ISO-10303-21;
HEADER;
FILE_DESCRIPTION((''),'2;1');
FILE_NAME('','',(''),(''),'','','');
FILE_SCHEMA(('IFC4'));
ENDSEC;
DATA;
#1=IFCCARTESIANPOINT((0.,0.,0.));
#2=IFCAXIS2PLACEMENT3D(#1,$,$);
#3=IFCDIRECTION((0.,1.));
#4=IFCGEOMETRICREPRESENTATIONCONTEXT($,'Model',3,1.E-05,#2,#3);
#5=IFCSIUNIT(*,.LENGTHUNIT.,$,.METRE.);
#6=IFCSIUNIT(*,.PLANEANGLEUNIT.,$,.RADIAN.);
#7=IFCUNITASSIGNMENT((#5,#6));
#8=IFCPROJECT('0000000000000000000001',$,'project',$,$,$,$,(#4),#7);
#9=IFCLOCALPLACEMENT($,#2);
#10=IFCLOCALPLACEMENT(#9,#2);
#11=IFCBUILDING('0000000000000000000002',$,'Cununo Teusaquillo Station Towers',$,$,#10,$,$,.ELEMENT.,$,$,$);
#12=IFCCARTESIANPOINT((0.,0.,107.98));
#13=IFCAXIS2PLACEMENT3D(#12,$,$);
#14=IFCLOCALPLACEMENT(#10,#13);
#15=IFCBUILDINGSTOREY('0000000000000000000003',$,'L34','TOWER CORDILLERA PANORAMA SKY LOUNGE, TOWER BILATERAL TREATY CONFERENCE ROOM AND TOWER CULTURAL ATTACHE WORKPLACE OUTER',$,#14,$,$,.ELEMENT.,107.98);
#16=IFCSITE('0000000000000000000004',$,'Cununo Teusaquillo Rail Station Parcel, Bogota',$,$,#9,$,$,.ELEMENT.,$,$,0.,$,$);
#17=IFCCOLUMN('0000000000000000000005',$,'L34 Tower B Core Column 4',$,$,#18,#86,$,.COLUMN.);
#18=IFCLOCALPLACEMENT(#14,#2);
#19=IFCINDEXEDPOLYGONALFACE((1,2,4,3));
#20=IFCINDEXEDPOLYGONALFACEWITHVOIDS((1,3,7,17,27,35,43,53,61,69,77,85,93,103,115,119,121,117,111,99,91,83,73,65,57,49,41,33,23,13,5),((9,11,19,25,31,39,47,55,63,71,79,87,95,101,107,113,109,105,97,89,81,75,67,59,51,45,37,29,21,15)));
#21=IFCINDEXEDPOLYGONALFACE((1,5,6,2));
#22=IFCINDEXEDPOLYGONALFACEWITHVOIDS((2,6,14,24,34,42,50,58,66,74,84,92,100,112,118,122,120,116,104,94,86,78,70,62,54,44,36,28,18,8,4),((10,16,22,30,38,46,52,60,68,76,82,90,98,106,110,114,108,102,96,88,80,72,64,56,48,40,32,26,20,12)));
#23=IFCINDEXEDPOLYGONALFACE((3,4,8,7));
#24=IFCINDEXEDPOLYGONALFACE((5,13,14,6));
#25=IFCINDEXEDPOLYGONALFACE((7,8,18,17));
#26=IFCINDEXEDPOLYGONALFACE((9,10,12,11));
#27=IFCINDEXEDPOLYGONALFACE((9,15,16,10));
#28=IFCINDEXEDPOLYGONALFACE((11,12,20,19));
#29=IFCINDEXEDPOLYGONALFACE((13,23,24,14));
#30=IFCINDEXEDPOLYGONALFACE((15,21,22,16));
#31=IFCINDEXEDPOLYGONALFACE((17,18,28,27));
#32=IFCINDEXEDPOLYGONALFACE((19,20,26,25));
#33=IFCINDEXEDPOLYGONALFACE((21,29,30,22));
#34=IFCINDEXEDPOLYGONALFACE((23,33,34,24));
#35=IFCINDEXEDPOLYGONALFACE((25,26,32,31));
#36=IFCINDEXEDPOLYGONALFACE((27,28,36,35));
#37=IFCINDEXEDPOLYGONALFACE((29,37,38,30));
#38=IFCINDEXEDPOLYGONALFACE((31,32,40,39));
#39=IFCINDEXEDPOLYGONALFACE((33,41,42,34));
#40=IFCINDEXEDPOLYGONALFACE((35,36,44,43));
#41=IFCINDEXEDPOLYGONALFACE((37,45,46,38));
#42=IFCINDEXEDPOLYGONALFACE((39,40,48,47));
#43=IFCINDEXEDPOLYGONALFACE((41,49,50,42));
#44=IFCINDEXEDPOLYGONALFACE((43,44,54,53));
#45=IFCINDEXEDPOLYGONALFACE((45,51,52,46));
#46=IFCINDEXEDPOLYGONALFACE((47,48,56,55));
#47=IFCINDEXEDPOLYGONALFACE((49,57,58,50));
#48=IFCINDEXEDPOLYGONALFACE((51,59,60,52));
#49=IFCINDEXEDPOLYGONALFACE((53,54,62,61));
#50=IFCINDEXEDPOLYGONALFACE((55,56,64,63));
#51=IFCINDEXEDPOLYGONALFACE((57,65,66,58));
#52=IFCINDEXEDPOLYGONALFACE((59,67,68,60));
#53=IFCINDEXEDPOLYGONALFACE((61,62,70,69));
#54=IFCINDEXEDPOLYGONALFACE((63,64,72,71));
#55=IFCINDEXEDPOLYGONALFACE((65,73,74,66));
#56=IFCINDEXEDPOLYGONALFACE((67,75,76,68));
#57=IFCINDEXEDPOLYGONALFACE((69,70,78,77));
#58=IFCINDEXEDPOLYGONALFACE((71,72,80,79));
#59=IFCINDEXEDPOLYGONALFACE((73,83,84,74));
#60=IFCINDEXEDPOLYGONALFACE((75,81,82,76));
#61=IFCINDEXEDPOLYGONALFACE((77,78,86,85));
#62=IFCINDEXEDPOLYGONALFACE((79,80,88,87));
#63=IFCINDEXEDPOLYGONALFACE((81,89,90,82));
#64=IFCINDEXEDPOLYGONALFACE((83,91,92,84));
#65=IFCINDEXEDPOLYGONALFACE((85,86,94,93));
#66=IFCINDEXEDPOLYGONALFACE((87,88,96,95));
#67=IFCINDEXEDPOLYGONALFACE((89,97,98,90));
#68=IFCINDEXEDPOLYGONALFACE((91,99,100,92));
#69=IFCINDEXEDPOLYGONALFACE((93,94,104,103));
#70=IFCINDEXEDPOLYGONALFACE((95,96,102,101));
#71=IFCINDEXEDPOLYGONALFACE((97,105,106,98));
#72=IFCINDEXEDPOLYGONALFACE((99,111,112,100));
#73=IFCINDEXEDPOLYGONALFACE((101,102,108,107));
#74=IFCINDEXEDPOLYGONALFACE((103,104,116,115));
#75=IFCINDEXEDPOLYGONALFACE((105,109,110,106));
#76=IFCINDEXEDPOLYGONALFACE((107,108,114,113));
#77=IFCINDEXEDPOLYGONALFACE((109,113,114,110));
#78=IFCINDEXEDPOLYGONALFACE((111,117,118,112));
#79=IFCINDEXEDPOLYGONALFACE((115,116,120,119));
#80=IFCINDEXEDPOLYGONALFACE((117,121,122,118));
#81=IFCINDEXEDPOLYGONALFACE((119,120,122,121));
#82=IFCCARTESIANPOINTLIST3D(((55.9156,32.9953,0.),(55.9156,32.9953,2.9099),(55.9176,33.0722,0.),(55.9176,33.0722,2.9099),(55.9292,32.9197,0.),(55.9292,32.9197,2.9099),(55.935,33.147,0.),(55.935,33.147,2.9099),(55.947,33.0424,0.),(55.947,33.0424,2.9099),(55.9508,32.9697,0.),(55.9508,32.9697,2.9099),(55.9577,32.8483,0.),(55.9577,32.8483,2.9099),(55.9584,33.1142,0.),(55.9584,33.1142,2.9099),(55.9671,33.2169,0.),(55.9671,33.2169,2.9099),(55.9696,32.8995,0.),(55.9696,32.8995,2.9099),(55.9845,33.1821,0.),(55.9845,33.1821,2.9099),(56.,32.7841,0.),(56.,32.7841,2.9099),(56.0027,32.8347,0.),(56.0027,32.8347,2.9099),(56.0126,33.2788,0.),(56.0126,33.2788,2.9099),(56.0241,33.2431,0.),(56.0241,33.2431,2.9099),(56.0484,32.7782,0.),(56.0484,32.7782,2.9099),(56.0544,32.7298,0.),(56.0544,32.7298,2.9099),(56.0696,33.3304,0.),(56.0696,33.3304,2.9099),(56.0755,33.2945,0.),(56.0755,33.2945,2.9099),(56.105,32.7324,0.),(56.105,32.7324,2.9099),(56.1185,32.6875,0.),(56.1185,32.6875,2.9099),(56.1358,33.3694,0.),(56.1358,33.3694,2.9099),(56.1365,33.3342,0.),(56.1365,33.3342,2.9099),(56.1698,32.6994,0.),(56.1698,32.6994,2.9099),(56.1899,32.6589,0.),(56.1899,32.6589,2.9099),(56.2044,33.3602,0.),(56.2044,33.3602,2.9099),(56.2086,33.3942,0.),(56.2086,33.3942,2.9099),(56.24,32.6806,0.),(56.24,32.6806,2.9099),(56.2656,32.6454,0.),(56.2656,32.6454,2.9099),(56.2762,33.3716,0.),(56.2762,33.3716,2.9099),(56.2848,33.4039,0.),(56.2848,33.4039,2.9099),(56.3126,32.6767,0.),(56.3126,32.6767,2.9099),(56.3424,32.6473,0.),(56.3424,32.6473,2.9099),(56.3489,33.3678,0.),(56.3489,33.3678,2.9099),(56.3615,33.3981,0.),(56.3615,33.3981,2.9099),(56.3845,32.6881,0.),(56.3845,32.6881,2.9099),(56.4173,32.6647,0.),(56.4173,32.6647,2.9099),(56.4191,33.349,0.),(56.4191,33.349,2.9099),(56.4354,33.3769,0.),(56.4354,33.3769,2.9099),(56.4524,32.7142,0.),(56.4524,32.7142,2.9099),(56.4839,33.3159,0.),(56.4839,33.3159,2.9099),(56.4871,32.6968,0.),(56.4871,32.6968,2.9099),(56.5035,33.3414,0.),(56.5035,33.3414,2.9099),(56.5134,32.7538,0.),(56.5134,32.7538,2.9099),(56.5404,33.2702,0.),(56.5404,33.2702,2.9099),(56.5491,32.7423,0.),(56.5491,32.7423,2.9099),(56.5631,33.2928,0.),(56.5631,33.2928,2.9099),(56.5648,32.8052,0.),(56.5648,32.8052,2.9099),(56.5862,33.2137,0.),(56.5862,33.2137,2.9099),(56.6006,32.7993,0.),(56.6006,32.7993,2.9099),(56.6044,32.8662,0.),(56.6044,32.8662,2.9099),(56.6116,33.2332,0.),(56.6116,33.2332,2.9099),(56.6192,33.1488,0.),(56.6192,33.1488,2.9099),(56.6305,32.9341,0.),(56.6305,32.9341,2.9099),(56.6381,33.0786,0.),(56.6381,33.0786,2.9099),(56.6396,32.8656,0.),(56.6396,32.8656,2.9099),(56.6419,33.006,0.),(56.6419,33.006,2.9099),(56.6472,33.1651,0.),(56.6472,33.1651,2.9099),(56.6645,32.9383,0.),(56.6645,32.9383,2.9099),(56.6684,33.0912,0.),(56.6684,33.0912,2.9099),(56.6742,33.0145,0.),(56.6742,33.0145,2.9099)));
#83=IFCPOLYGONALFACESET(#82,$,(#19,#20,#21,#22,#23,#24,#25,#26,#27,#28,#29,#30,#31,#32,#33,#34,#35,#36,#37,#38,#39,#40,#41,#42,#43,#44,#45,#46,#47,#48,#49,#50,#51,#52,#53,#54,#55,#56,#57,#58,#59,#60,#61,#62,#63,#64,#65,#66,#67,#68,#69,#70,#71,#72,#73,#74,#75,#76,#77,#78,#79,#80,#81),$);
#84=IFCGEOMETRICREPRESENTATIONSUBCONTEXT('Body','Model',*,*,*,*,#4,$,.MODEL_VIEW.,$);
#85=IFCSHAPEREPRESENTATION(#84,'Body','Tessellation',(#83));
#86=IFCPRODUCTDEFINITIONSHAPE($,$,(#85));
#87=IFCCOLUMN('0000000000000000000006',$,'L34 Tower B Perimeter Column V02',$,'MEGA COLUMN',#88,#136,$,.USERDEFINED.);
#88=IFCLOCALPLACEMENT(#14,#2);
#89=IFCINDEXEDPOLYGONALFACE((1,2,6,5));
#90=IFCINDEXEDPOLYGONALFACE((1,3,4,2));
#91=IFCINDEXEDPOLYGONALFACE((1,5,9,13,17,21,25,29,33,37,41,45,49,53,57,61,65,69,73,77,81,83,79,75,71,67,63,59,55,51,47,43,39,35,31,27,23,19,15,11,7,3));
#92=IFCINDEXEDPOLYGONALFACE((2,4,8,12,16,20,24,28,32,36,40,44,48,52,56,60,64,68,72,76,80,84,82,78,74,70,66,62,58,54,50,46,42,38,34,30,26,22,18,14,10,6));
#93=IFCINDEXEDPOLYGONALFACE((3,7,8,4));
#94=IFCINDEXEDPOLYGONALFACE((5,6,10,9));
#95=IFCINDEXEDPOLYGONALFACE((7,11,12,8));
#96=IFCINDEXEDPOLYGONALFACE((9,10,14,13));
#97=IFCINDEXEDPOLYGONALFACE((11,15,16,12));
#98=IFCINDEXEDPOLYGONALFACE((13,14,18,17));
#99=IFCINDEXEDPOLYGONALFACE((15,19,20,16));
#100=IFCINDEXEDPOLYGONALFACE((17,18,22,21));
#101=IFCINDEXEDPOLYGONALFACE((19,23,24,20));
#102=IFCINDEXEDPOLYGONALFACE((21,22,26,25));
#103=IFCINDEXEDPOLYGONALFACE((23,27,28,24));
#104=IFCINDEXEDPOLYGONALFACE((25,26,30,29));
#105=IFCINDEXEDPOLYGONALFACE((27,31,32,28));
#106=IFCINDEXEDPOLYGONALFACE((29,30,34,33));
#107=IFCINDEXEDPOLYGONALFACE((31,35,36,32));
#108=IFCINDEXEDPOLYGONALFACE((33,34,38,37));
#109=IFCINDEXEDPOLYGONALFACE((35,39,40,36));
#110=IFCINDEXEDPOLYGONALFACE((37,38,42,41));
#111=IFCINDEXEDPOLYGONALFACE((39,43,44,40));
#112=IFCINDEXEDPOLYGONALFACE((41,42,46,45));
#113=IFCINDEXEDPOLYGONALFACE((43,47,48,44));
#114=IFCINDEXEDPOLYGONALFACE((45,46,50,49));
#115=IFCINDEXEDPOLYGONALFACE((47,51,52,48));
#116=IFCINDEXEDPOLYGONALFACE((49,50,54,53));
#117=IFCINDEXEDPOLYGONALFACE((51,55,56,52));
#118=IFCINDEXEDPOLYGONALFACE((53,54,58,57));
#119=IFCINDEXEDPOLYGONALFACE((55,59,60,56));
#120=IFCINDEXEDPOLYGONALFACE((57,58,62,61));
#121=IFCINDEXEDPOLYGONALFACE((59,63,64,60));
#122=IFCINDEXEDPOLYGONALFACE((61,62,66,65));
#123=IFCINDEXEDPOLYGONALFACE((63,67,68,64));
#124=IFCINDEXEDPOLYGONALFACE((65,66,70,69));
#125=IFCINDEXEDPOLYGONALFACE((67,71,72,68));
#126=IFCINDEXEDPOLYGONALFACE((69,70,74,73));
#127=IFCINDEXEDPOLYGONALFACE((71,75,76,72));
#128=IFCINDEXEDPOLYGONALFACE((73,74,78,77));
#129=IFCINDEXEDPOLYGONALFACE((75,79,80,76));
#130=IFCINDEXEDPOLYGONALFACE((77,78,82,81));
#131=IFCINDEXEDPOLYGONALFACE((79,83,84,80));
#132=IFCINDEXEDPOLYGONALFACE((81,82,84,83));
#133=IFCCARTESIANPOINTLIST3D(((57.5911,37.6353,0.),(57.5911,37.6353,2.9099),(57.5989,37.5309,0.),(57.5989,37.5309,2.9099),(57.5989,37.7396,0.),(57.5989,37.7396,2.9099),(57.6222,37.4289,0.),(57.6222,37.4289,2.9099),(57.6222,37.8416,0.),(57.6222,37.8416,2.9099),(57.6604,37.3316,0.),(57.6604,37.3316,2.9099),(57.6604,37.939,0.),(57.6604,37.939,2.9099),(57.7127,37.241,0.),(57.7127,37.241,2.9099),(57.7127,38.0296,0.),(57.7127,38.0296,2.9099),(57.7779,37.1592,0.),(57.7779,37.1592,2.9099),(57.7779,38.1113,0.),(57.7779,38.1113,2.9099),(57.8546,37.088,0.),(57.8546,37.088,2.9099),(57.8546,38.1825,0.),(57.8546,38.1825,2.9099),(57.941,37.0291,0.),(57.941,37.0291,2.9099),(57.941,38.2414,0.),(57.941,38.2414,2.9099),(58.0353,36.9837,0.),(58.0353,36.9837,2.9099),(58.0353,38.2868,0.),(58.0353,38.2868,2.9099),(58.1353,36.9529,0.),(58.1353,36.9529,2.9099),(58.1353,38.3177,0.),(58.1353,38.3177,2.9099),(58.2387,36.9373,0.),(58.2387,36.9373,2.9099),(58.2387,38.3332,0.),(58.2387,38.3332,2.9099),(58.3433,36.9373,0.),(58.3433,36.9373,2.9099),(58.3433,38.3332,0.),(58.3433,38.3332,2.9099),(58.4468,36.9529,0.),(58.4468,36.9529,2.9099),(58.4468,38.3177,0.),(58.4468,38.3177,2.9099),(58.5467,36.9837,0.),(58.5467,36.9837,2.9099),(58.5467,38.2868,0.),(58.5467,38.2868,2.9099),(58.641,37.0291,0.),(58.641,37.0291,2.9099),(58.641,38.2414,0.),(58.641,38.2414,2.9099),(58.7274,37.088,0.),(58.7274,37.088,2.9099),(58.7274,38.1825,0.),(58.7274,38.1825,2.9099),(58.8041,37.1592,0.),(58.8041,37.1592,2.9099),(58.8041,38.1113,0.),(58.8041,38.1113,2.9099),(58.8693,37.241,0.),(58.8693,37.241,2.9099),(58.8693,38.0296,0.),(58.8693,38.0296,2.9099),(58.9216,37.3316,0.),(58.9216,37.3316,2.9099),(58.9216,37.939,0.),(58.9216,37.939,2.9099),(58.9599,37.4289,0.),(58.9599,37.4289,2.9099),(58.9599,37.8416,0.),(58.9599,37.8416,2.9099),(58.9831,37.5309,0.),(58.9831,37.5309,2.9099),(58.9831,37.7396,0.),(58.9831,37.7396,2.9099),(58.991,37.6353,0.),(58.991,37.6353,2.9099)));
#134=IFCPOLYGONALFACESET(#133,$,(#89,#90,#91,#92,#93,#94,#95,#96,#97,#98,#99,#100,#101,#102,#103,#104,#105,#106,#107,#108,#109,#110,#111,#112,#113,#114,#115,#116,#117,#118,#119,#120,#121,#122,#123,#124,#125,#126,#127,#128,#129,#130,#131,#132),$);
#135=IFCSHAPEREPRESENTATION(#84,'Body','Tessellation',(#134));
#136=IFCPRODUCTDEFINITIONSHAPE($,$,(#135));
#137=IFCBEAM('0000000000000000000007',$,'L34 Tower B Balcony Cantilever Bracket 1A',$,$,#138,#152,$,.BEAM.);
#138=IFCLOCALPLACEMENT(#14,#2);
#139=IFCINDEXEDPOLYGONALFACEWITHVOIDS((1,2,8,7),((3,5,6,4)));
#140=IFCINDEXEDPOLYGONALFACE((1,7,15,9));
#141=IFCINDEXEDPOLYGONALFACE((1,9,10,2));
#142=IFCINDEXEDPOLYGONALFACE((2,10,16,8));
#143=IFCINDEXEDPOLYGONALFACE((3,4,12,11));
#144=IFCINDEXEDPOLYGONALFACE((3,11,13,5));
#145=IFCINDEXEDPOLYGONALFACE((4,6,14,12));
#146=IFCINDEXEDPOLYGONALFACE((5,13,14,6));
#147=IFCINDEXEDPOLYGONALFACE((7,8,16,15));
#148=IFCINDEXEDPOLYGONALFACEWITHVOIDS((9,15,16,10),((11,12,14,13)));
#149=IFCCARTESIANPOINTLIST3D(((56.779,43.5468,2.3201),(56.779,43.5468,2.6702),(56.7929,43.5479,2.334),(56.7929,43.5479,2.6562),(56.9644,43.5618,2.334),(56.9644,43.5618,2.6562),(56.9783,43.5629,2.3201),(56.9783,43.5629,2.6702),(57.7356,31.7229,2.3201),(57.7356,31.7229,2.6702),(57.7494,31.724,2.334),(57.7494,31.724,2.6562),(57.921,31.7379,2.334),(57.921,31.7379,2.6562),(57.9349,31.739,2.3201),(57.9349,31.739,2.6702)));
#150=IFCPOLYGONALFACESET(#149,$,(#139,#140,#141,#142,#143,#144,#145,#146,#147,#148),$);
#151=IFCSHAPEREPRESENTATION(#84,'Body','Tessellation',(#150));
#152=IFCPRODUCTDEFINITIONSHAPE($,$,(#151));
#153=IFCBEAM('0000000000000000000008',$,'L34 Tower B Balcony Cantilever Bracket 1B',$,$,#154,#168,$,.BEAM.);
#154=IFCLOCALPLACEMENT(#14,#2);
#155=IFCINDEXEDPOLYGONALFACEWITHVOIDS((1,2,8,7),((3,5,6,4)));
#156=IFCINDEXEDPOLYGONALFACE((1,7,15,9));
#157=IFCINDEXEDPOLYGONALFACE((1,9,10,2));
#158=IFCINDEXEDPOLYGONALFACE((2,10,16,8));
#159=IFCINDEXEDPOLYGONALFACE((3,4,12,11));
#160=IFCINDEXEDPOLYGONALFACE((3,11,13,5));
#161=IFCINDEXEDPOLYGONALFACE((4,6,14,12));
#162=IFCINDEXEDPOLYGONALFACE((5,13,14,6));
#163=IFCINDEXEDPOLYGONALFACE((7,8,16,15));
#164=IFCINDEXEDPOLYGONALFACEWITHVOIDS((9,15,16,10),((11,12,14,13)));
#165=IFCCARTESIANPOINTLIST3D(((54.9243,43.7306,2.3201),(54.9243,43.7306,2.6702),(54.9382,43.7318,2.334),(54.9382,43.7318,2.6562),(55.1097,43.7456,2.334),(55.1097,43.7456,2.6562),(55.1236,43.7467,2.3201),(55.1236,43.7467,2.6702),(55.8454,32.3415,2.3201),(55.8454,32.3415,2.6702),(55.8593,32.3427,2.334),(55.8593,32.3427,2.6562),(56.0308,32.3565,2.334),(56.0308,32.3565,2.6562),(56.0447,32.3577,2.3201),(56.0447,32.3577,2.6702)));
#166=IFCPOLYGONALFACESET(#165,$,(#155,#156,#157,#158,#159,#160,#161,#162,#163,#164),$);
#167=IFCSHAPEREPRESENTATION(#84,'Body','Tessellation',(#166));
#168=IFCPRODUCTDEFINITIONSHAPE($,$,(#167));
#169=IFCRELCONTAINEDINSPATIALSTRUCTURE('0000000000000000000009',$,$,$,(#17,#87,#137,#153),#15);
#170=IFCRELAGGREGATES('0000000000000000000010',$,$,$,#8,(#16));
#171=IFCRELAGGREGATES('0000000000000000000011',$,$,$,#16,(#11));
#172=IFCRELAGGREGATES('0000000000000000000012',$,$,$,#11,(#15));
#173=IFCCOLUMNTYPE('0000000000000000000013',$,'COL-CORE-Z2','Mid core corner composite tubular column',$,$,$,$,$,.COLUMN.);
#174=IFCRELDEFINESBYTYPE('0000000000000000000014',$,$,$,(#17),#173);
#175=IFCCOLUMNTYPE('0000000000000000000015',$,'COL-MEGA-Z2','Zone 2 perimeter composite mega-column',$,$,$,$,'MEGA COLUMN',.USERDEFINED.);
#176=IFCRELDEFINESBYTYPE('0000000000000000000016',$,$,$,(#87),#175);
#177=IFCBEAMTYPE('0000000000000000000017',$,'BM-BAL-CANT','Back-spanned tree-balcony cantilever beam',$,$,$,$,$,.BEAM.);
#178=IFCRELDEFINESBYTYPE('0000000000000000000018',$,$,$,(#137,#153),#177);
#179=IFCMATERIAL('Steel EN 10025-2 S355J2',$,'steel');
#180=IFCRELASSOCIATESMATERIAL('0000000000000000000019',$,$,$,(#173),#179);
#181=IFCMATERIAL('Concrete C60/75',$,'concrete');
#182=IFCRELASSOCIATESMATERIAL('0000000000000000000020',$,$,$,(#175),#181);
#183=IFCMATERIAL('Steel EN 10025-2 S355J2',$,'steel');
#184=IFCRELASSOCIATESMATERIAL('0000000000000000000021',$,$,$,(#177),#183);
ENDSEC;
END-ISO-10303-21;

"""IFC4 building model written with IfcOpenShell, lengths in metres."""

from ifc_helpers import new_model, si_unit, direction, frame, origin, origin_2d, place, context, subcontext, project, spatial, hollow_rectangle, circle, hollow_circle, extrude, material, material_profile, profile_set, type_object, element, save


model = new_model("IFC4")

# Units and contexts
model_context = context("Model", 3, precision=1e-05, world=origin(), true_north=direction((0.0, 1.0)))
body_context = subcontext(model_context, "Body", "Model", "MODEL_VIEW")
ifc_project = project(units=[si_unit("LENGTHUNIT", "METRE"), si_unit("PLANEANGLEUNIT", "RADIAN")], contexts=[model_context])

# Site, building, storey
site_placement = place(None, origin())
site = spatial("IfcSite", under=ifc_project, at=site_placement, Name="Cununo Teusaquillo Rail Station Parcel, Bogota", CompositionType="ELEMENT", RefElevation=0.0)
building_placement = place(site_placement, origin())
building = spatial("IfcBuilding", under=site, at=building_placement, Name="Cununo Teusaquillo Station Towers", CompositionType="ELEMENT")
storey_placement = place(building_placement, frame((0.0, 0.0, 107.98)))
storey = spatial("IfcBuildingStorey", under=building, at=storey_placement, Name="L34", Description="TOWER CORDILLERA PANORAMA SKY LOUNGE, TOWER BILATERAL TREATY CONFERENCE ROOM AND TOWER CULTURAL ATTACHE WORKPLACE OUTER", CompositionType="ELEMENT", Elevation=107.98)

# Columns
ifc_material_1 = material(Name="Steel EN 10025-2 S355J2", Category="steel")
ifc_material_profile_1 = material_profile(ifc_material_1, hollow_circle(Radius=0.3799, WallThickness=0.032, at=origin_2d()), Name="CHS 760x32")
ifc_profile_set_1 = profile_set([ifc_material_profile_1], Name="Steel EN 10025-2 S355J2")
column_type_1 = type_object("IfcColumnType", Name="COL-CORE-Z2", Description="Mid core corner composite tubular column", PredefinedType="COLUMN", material=ifc_profile_set_1)
column_1_placement = place(storey_placement, frame((56.2944, 33.0242, 0.0), z_axis=(0.0, 0.0, 1.0), x_axis=(0.707107, 0.707107, 0.0)))
element("IfcColumn", 1, at=column_1_placement, inside=storey, type_object=column_type_1, Name="L34 Tower B Core Column 4", PredefinedType="COLUMN", context=body_context, shape_type="SweptSolid", body=[
    extrude(hollow_circle(Radius=0.3799, WallThickness=0.032, at=origin_2d()), origin(), (0.0, 0.0, 1.0), 2.9099),
])
ifc_material_2 = material(Name="Concrete C60/75", Category="concrete")
ifc_material_profile_2 = material_profile(ifc_material_2, circle(Radius=0.7, at=origin_2d()), Name="RC-CIRC-1400")
ifc_profile_set_2 = profile_set([ifc_material_profile_2], Name="Concrete C60/75")
column_type_2 = type_object("IfcColumnType", Name="COL-MEGA-Z2", Description="Zone 2 perimeter composite mega-column", ElementType="MEGA COLUMN", PredefinedType="USERDEFINED", material=ifc_profile_set_2)
column_2_placement = place(storey_placement, frame((58.291, 37.6353, 0.0), z_axis=(0.0, 0.0, 1.0), x_axis=(1.0, 0.0, 0.0)))
element("IfcColumn", 2, at=column_2_placement, inside=storey, type_object=column_type_2, Name="L34 Tower B Perimeter Column V02", ObjectType="MEGA COLUMN", PredefinedType="USERDEFINED", context=body_context, shape_type="SweptSolid", body=[
    extrude(circle(Radius=0.7, at=origin_2d()), origin(), (0.0, 0.0, 1.0), 2.9099),
])

# Beams
ifc_material_3 = material(Name="Steel EN 10025-2 S355J2", Category="steel")
ifc_material_profile_3 = material_profile(ifc_material_3, hollow_rectangle(XDim=0.2, YDim=0.3501, WallThickness=0.0139, at=origin_2d()), Name="RHS 350x200x14")
ifc_profile_set_3 = profile_set([ifc_material_profile_3], Name="Steel EN 10025-2 S355J2")
beam_type_1 = type_object("IfcBeamType", Name="BM-BAL-CANT", Description="Back-spanned tree-balcony cantilever beam", PredefinedType="BEAM", material=ifc_profile_set_3)
beam_1_placement = place(storey_placement, frame((57.8352, 31.731, 2.4951), z_axis=(-0.080635, 0.996744, 0.0), x_axis=(-0.996744, -0.080635, 0.0)))
element("IfcBeam", 3, at=beam_1_placement, inside=storey, type_object=beam_type_1, Name="L34 Tower B Balcony Cantilever Bracket 1A", PredefinedType="BEAM", context=body_context, shape_type="SweptSolid", body=[
    extrude(hollow_rectangle(XDim=0.2, YDim=0.3501, WallThickness=0.0139, at=origin_2d()), origin(), (0.0, 0.0, 1.0), 11.8625),
])
beam_2_placement = place(storey_placement, frame((55.9451, 32.3496, 2.4951), z_axis=(-0.080616, 0.996745, 0.0), x_axis=(-0.996745, -0.080616, 0.0)))
element("IfcBeam", 4, at=beam_2_placement, inside=storey, type_object=beam_type_1, Name="L34 Tower B Balcony Cantilever Bracket 1B", PredefinedType="BEAM", context=body_context, shape_type="SweptSolid", body=[
    extrude(hollow_rectangle(XDim=0.2, YDim=0.3501, WallThickness=0.0139, at=origin_2d()), origin(), (0.0, 0.0, 1.0), 11.4263),
])

save(model, "model.ifc")
